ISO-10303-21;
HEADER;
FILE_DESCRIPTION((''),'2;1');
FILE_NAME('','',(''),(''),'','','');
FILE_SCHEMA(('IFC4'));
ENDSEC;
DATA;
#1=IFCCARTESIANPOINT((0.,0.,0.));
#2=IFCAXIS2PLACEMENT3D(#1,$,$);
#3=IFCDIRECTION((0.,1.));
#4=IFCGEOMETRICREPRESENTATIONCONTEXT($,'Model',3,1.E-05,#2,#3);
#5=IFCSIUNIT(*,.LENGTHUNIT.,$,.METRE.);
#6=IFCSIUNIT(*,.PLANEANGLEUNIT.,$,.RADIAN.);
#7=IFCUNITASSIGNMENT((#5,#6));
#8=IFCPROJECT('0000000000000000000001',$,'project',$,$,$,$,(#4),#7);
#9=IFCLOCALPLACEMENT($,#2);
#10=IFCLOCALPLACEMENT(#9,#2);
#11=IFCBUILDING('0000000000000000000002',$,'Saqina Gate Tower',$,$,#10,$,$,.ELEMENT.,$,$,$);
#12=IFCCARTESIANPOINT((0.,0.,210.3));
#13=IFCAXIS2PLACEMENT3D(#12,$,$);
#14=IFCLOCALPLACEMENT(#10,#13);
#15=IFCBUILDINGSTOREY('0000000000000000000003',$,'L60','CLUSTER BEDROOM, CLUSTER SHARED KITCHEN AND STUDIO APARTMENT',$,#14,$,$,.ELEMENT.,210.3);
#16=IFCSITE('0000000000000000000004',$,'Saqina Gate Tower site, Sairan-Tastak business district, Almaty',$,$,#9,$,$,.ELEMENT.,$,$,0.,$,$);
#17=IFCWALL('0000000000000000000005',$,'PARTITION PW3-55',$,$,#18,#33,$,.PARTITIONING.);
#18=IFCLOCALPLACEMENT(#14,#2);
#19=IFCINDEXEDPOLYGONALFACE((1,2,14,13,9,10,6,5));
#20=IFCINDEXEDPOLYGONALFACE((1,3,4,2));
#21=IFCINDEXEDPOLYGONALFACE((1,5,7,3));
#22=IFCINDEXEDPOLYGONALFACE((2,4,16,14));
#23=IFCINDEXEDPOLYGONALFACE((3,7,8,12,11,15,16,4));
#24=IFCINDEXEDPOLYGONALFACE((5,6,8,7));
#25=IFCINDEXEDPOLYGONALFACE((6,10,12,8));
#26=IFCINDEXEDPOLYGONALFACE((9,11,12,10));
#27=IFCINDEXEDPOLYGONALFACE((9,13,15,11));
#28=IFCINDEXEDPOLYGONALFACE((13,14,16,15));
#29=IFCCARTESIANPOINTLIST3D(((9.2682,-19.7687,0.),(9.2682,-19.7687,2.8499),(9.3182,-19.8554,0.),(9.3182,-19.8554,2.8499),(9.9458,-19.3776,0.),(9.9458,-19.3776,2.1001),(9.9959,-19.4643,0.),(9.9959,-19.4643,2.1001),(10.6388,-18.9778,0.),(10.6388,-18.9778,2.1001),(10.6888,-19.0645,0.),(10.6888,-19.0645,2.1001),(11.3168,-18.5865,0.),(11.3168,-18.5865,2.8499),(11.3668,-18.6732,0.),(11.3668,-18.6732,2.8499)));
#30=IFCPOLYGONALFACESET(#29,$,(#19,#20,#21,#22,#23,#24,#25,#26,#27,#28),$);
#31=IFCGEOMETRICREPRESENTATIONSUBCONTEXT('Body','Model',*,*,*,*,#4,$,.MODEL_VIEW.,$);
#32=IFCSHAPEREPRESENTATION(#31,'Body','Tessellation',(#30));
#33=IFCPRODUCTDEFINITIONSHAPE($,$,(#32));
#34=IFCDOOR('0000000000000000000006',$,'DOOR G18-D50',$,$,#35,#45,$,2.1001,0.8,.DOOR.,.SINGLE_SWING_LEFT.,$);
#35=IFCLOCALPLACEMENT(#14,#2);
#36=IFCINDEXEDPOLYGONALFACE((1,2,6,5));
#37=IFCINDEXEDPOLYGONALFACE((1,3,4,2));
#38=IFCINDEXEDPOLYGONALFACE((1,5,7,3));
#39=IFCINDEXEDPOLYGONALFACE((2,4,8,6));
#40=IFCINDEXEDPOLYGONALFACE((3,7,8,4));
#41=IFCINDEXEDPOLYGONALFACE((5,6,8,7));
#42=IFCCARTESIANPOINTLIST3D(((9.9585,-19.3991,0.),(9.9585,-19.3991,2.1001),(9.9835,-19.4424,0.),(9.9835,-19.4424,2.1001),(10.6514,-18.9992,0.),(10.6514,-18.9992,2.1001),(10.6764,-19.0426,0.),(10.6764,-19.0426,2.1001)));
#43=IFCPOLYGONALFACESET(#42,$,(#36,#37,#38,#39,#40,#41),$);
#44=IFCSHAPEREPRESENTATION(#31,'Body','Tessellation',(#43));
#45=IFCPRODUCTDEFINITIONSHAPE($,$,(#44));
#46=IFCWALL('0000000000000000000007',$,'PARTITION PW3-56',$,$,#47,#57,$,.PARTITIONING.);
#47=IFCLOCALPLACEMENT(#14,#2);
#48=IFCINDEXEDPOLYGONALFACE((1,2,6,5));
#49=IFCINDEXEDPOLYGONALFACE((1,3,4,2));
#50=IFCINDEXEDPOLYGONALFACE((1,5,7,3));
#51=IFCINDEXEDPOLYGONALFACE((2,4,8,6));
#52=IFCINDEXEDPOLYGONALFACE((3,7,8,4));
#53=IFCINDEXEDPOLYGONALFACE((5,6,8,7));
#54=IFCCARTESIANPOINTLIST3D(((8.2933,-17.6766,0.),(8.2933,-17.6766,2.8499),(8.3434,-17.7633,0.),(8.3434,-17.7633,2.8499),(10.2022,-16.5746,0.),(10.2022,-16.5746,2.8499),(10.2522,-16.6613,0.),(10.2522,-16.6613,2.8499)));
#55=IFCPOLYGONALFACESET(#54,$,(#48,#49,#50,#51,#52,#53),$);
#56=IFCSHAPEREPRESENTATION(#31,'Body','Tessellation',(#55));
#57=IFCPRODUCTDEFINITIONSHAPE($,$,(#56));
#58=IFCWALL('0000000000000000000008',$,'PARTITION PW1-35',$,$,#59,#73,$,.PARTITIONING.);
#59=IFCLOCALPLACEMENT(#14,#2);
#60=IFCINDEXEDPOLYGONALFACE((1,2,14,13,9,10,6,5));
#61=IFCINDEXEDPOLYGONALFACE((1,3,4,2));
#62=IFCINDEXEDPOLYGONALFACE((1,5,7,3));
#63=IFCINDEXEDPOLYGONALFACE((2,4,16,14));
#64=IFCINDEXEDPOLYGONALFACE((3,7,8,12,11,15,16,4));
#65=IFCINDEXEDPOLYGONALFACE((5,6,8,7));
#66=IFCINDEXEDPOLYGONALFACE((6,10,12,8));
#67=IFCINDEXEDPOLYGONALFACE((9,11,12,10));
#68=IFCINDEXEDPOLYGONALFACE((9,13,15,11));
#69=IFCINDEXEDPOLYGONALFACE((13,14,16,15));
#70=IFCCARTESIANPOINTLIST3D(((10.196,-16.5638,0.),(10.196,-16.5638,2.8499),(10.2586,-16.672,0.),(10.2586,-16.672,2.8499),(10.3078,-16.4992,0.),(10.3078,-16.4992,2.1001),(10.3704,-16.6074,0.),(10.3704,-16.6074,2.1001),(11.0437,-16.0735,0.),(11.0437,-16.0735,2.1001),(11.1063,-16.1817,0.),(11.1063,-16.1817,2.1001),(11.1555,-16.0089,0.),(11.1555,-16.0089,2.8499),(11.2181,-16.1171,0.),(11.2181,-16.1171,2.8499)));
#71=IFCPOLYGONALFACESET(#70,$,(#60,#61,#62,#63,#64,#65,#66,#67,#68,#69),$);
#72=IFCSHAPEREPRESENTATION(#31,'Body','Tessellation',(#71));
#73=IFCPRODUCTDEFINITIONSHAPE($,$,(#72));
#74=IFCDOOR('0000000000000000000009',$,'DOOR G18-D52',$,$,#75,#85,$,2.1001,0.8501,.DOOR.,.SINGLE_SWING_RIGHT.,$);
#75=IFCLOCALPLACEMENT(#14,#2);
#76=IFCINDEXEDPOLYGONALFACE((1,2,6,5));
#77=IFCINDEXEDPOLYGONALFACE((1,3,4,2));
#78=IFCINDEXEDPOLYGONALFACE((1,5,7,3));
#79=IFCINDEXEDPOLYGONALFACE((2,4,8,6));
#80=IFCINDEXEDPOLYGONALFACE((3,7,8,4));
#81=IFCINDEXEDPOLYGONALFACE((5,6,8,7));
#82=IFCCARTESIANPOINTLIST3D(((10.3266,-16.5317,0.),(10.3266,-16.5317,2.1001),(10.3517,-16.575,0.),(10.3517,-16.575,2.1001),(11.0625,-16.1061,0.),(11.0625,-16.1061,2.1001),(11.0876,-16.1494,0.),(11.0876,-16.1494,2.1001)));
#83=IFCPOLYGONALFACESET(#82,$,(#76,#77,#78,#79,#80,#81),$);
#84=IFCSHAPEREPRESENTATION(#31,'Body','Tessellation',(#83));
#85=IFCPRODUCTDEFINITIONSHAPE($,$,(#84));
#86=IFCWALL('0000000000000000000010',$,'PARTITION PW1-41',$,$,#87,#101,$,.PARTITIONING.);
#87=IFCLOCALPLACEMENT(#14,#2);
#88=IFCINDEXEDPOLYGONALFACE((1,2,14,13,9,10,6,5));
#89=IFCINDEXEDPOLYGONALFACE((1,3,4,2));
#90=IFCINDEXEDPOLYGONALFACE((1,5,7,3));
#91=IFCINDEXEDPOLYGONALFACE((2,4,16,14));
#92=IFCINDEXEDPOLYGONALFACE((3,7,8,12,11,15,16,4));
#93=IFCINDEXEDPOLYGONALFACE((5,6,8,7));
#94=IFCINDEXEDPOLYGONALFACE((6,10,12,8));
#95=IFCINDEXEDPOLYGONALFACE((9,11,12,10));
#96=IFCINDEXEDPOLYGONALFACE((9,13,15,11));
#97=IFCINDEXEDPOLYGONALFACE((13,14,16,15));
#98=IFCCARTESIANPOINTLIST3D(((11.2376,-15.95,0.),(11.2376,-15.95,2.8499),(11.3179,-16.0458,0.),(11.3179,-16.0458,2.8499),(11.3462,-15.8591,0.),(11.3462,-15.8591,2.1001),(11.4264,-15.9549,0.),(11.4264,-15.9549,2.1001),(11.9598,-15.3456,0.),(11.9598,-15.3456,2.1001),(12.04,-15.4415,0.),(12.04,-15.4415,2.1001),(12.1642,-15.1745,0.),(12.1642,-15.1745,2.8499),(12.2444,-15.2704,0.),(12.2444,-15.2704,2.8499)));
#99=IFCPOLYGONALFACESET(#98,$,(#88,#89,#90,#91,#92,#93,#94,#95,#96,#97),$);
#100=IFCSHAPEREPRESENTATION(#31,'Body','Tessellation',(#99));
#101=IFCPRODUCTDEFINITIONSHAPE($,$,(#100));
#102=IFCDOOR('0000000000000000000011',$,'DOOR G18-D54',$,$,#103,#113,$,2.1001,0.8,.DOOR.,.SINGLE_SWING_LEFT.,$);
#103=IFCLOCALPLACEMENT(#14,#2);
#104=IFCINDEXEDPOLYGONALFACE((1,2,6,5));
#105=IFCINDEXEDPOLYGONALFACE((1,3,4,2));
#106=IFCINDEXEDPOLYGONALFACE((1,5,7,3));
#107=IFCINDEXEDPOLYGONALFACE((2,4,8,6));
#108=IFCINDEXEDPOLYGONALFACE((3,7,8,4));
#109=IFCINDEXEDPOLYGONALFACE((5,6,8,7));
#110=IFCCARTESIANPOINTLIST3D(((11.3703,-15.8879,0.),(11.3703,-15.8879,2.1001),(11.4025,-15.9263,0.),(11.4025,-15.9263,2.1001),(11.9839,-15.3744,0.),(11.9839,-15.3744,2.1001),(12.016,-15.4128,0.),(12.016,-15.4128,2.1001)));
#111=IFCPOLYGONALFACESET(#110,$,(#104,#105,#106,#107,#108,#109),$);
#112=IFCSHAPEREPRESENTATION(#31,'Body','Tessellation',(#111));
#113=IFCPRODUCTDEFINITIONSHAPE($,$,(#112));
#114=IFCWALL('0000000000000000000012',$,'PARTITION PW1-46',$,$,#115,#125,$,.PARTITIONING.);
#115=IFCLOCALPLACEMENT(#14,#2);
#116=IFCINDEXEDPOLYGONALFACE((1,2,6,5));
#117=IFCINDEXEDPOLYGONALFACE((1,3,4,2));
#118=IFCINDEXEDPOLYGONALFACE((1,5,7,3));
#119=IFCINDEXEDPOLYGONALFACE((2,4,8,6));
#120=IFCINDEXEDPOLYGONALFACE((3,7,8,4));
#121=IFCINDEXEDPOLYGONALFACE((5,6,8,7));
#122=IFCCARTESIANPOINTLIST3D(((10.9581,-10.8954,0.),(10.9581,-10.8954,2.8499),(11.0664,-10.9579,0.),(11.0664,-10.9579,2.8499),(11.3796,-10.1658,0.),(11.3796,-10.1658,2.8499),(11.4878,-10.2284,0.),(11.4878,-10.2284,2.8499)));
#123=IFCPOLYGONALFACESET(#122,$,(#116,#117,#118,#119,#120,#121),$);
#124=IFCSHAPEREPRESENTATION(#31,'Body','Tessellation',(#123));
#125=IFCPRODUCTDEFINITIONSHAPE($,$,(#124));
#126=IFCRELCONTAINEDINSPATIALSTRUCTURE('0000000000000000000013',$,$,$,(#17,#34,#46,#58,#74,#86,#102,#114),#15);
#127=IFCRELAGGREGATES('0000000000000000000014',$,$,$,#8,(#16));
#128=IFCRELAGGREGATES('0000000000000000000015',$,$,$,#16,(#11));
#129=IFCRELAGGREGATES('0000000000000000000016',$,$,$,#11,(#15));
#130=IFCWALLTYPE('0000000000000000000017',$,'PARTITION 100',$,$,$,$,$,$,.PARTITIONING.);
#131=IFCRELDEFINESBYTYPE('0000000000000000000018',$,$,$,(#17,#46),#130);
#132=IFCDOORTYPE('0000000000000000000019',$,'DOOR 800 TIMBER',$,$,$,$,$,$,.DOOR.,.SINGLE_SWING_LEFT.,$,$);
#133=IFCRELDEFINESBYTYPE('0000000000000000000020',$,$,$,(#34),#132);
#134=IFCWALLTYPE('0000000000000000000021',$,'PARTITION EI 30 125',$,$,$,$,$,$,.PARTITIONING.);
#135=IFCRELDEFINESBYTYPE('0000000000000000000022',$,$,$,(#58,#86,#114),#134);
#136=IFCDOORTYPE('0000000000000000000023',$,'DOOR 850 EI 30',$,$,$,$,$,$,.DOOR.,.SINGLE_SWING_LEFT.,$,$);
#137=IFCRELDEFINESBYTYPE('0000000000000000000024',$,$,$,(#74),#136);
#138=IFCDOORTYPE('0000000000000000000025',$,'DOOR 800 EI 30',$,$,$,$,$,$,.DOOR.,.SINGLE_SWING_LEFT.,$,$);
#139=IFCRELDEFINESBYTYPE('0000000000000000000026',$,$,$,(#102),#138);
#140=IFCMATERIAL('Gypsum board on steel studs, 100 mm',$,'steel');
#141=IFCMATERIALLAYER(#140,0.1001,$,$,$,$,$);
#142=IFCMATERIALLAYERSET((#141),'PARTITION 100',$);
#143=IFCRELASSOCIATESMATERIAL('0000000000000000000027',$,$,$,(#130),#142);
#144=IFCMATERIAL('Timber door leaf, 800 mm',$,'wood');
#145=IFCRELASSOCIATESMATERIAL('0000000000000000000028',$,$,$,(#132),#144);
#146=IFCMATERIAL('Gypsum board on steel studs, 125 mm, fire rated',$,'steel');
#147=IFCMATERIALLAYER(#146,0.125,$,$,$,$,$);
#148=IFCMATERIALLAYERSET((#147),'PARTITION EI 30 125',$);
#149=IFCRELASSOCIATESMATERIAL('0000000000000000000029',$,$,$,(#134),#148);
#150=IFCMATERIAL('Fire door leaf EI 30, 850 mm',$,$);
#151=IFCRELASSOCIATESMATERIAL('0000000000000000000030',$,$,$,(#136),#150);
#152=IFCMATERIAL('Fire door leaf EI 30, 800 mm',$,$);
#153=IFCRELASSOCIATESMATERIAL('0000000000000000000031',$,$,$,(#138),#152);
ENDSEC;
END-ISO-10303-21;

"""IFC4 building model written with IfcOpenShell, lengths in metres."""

from ifc_helpers import new_model, si_unit, direction, frame, frame_2d, origin, place, context, subcontext, project, spatial, rectangle, extrude, material, layer, layer_set, type_object, element, fill, save


model = new_model("IFC4")

# Units and contexts
model_context = context("Model", 3, precision=1e-05, world=origin(), true_north=direction((0.0, 1.0)))
body_context = subcontext(model_context, "Body", "Model", "MODEL_VIEW")
ifc_project = project(units=[si_unit("LENGTHUNIT", "METRE"), si_unit("PLANEANGLEUNIT", "RADIAN")], contexts=[model_context])

# Site, building, storey
site_placement = place(None, origin())
site = spatial("IfcSite", under=ifc_project, at=site_placement, Name="Saqina Gate Tower site, Sairan-Tastak business district, Almaty", CompositionType="ELEMENT", RefElevation=0.0)
building_placement = place(site_placement, origin())
building = spatial("IfcBuilding", under=site, at=building_placement, Name="Saqina Gate Tower", CompositionType="ELEMENT")
storey_placement = place(building_placement, frame((0.0, 0.0, 210.3)))
storey = spatial("IfcBuildingStorey", under=building, at=storey_placement, Name="L60", Description="CLUSTER BEDROOM, CLUSTER SHARED KITCHEN AND STUDIO APARTMENT", CompositionType="ELEMENT", Elevation=210.3)

# Shared definitions
ifc_material_1 = material(Name="Gypsum board on steel studs, 100 mm", Category="steel")
ifc_layer_1 = layer(ifc_material_1, 0.1001)
ifc_layer_set_1 = layer_set([ifc_layer_1], Name="PARTITION 100")
wall_type_1 = type_object("IfcWallType", Name="PARTITION 100", PredefinedType="PARTITIONING", material=ifc_layer_set_1)

# Wall, opening, door
ifc_material_2 = material(Name="Timber door leaf, 800 mm", Category="wood")
door_type_1 = type_object("IfcDoorType", Name="DOOR 800 TIMBER", OperationType="SINGLE_SWING_LEFT", PredefinedType="DOOR", material=ifc_material_2)
wall_1_placement = place(storey_placement, frame((9.2932, -19.812, 0.0), z_axis=(0.0, 0.0, 1.0), x_axis=(0.866139, 0.499803, 0.0)))
wall_1 = element("IfcWall", 1, at=wall_1_placement, inside=storey, type_object=wall_type_1, Name="PARTITION PW3-55", PredefinedType="PARTITIONING", context=body_context, shape_type="SweptSolid", body=[
    extrude(rectangle(XDim=2.3652, YDim=0.1001, at=frame_2d((1.1826, 0.0))), origin(), (0.0, 0.0, 1.0), 2.8499),
])
opening_1_placement = place(wall_1_placement, frame((0.7825, 0.0, 0.0)))
opening_1 = element("IfcOpeningElement", 2, at=opening_1_placement, cuts=wall_1, PredefinedType="OPENING", context=body_context, shape_type="SweptSolid", body=[
    extrude(rectangle(XDim=0.8, YDim=2.1001, at=frame_2d((0.3999, 1.05))), frame((0.0, 0.062, 0.0), z_axis=(0.0, -1.0, 0.0), x_axis=(1.0, 0.0, 0.0)), (0.0, 0.0, 1.0), 0.124),
])
door_1_placement = place(opening_1_placement, frame((0.8, 0.0, 0.0), z_axis=(0.0, 0.0, 1.0), x_axis=(-1.0, 0.0, 0.0)))
door_1 = element("IfcDoor", 3, at=door_1_placement, inside=storey, type_object=door_type_1, Name="DOOR G18-D50", OperationType="SINGLE_SWING_LEFT", OverallHeight=2.1001, OverallWidth=0.8, PredefinedType="DOOR", context=body_context, shape_type="SweptSolid", body=[
    extrude(rectangle(XDim=0.8, YDim=2.1001, at=frame_2d((0.3999, 1.05))), frame((0.0, 0.0249, 0.0), z_axis=(0.0, -1.0, 0.0), x_axis=(1.0, 0.0, 0.0)), (0.0, 0.0, 1.0), 0.05),
])
fill(opening_1, door_1)

# Wall
wall_2_placement = place(storey_placement, frame((8.3184, -17.72, 0.0), z_axis=(0.0, 0.0, 1.0), x_axis=(0.86604, 0.499975, 0.0)))
element("IfcWall", 4, at=wall_2_placement, inside=storey, type_object=wall_type_1, Name="PARTITION PW3-56", PredefinedType="PARTITIONING", context=body_context, shape_type="SweptSolid", body=[
    extrude(rectangle(XDim=2.2041, YDim=0.1001, at=frame_2d((1.1021, 0.0))), origin(), (0.0, 0.0, 1.0), 2.8499),
])

# Walls, openings, doors
ifc_material_3 = material(Name="Gypsum board on steel studs, 125 mm, fire rated", Category="steel")
ifc_layer_2 = layer(ifc_material_3, 0.125)
ifc_layer_set_2 = layer_set([ifc_layer_2], Name="PARTITION EI 30 125")
wall_type_2 = type_object("IfcWallType", Name="PARTITION EI 30 125", PredefinedType="PARTITIONING", material=ifc_layer_set_2)
wall_3_placement = place(storey_placement, frame((10.2273, -16.6179, 0.0), z_axis=(0.0, 0.0, 1.0), x_axis=(0.865642, 0.500663, 0.0)))
wall_3 = element("IfcWall", 5, at=wall_3_placement, inside=storey, type_object=wall_type_2, Name="PARTITION PW1-35", PredefinedType="PARTITIONING", context=body_context, shape_type="SweptSolid", body=[
    extrude(rectangle(XDim=1.1084, YDim=0.125, at=frame_2d((0.5542, 0.0))), origin(), (0.0, 0.0, 1.0), 2.8499),
])
opening_2_placement = place(wall_3_placement, frame((0.1292, 0.0, 0.0)))
opening_2 = element("IfcOpeningElement", 6, at=opening_2_placement, cuts=wall_3, PredefinedType="OPENING", context=body_context, shape_type="SweptSolid", body=[
    extrude(rectangle(XDim=0.8501, YDim=2.1001, at=frame_2d((0.425, 1.05))), frame((0.0, 0.0745, 0.0), z_axis=(0.0, -1.0, 0.0), x_axis=(1.0, 0.0, 0.0)), (0.0, 0.0, 1.0), 0.1489),
])
ifc_material_4 = material(Name="Fire door leaf EI 30, 850 mm")
door_type_2 = type_object("IfcDoorType", Name="DOOR 850 EI 30", OperationType="SINGLE_SWING_LEFT", PredefinedType="DOOR", material=ifc_material_4)
door_2_placement = place(opening_2_placement, origin())
door_2 = element("IfcDoor", 7, at=door_2_placement, inside=storey, type_object=door_type_2, Name="DOOR G18-D52", OperationType="SINGLE_SWING_RIGHT", OverallHeight=2.1001, OverallWidth=0.8501, PredefinedType="DOOR", context=body_context, shape_type="SweptSolid", body=[
    extrude(rectangle(XDim=0.8501, YDim=2.1001, at=frame_2d((0.425, 1.05))), frame((0.0, 0.0249, 0.0), z_axis=(0.0, -1.0, 0.0), x_axis=(1.0, 0.0, 0.0)), (0.0, 0.0, 1.0), 0.05),
])
fill(opening_2, door_2)
wall_4_placement = place(storey_placement, frame((11.2778, -15.9978, 0.0), z_axis=(0.0, 0.0, 1.0), x_axis=(0.766878, 0.641793, 0.0)))
wall_4 = element("IfcWall", 8, at=wall_4_placement, inside=storey, type_object=wall_type_2, Name="PARTITION PW1-41", PredefinedType="PARTITIONING", context=body_context, shape_type="SweptSolid", body=[
    extrude(rectangle(XDim=1.2083, YDim=0.125, at=frame_2d((0.604, 0.0))), origin(), (0.0, 0.0, 1.0), 2.8499),
])
opening_3_placement = place(wall_4_placement, frame((0.1416, 0.0, 0.0)))
opening_3 = element("IfcOpeningElement", 9, at=opening_3_placement, cuts=wall_4, PredefinedType="OPENING", context=body_context, shape_type="SweptSolid", body=[
    extrude(rectangle(XDim=0.8, YDim=2.1001, at=frame_2d((0.3999, 1.05))), frame((0.0, 0.0745, 0.0), z_axis=(0.0, -1.0, 0.0), x_axis=(1.0, 0.0, 0.0)), (0.0, 0.0, 1.0), 0.1489),
])
ifc_material_5 = material(Name="Fire door leaf EI 30, 800 mm")
door_type_3 = type_object("IfcDoorType", Name="DOOR 800 EI 30", OperationType="SINGLE_SWING_LEFT", PredefinedType="DOOR", material=ifc_material_5)
door_3_placement = place(opening_3_placement, origin())
door_3 = element("IfcDoor", 10, at=door_3_placement, inside=storey, type_object=door_type_3, Name="DOOR G18-D54", OperationType="SINGLE_SWING_LEFT", OverallHeight=2.1001, OverallWidth=0.8, PredefinedType="DOOR", context=body_context, shape_type="SweptSolid", body=[
    extrude(rectangle(XDim=0.8, YDim=2.1001, at=frame_2d((0.3999, 1.05))), frame((0.0, 0.0249, 0.0), z_axis=(0.0, -1.0, 0.0), x_axis=(1.0, 0.0, 0.0)), (0.0, 0.0, 1.0), 0.05),
])
fill(opening_3, door_3)

# Wall
wall_5_placement = place(storey_placement, frame((11.0122, -10.9268, 0.0), z_axis=(0.0, 0.0, 1.0), x_axis=(0.500191, 0.865915, 0.0)))
element("IfcWall", 11, at=wall_5_placement, inside=storey, type_object=wall_type_2, Name="PARTITION PW1-46", PredefinedType="PARTITIONING", context=body_context, shape_type="SweptSolid", body=[
    extrude(rectangle(XDim=0.8425, YDim=0.125, at=frame_2d((0.4214, 0.0))), origin(), (0.0, 0.0, 1.0), 2.8499),
])

save(model, "model.ifc")
